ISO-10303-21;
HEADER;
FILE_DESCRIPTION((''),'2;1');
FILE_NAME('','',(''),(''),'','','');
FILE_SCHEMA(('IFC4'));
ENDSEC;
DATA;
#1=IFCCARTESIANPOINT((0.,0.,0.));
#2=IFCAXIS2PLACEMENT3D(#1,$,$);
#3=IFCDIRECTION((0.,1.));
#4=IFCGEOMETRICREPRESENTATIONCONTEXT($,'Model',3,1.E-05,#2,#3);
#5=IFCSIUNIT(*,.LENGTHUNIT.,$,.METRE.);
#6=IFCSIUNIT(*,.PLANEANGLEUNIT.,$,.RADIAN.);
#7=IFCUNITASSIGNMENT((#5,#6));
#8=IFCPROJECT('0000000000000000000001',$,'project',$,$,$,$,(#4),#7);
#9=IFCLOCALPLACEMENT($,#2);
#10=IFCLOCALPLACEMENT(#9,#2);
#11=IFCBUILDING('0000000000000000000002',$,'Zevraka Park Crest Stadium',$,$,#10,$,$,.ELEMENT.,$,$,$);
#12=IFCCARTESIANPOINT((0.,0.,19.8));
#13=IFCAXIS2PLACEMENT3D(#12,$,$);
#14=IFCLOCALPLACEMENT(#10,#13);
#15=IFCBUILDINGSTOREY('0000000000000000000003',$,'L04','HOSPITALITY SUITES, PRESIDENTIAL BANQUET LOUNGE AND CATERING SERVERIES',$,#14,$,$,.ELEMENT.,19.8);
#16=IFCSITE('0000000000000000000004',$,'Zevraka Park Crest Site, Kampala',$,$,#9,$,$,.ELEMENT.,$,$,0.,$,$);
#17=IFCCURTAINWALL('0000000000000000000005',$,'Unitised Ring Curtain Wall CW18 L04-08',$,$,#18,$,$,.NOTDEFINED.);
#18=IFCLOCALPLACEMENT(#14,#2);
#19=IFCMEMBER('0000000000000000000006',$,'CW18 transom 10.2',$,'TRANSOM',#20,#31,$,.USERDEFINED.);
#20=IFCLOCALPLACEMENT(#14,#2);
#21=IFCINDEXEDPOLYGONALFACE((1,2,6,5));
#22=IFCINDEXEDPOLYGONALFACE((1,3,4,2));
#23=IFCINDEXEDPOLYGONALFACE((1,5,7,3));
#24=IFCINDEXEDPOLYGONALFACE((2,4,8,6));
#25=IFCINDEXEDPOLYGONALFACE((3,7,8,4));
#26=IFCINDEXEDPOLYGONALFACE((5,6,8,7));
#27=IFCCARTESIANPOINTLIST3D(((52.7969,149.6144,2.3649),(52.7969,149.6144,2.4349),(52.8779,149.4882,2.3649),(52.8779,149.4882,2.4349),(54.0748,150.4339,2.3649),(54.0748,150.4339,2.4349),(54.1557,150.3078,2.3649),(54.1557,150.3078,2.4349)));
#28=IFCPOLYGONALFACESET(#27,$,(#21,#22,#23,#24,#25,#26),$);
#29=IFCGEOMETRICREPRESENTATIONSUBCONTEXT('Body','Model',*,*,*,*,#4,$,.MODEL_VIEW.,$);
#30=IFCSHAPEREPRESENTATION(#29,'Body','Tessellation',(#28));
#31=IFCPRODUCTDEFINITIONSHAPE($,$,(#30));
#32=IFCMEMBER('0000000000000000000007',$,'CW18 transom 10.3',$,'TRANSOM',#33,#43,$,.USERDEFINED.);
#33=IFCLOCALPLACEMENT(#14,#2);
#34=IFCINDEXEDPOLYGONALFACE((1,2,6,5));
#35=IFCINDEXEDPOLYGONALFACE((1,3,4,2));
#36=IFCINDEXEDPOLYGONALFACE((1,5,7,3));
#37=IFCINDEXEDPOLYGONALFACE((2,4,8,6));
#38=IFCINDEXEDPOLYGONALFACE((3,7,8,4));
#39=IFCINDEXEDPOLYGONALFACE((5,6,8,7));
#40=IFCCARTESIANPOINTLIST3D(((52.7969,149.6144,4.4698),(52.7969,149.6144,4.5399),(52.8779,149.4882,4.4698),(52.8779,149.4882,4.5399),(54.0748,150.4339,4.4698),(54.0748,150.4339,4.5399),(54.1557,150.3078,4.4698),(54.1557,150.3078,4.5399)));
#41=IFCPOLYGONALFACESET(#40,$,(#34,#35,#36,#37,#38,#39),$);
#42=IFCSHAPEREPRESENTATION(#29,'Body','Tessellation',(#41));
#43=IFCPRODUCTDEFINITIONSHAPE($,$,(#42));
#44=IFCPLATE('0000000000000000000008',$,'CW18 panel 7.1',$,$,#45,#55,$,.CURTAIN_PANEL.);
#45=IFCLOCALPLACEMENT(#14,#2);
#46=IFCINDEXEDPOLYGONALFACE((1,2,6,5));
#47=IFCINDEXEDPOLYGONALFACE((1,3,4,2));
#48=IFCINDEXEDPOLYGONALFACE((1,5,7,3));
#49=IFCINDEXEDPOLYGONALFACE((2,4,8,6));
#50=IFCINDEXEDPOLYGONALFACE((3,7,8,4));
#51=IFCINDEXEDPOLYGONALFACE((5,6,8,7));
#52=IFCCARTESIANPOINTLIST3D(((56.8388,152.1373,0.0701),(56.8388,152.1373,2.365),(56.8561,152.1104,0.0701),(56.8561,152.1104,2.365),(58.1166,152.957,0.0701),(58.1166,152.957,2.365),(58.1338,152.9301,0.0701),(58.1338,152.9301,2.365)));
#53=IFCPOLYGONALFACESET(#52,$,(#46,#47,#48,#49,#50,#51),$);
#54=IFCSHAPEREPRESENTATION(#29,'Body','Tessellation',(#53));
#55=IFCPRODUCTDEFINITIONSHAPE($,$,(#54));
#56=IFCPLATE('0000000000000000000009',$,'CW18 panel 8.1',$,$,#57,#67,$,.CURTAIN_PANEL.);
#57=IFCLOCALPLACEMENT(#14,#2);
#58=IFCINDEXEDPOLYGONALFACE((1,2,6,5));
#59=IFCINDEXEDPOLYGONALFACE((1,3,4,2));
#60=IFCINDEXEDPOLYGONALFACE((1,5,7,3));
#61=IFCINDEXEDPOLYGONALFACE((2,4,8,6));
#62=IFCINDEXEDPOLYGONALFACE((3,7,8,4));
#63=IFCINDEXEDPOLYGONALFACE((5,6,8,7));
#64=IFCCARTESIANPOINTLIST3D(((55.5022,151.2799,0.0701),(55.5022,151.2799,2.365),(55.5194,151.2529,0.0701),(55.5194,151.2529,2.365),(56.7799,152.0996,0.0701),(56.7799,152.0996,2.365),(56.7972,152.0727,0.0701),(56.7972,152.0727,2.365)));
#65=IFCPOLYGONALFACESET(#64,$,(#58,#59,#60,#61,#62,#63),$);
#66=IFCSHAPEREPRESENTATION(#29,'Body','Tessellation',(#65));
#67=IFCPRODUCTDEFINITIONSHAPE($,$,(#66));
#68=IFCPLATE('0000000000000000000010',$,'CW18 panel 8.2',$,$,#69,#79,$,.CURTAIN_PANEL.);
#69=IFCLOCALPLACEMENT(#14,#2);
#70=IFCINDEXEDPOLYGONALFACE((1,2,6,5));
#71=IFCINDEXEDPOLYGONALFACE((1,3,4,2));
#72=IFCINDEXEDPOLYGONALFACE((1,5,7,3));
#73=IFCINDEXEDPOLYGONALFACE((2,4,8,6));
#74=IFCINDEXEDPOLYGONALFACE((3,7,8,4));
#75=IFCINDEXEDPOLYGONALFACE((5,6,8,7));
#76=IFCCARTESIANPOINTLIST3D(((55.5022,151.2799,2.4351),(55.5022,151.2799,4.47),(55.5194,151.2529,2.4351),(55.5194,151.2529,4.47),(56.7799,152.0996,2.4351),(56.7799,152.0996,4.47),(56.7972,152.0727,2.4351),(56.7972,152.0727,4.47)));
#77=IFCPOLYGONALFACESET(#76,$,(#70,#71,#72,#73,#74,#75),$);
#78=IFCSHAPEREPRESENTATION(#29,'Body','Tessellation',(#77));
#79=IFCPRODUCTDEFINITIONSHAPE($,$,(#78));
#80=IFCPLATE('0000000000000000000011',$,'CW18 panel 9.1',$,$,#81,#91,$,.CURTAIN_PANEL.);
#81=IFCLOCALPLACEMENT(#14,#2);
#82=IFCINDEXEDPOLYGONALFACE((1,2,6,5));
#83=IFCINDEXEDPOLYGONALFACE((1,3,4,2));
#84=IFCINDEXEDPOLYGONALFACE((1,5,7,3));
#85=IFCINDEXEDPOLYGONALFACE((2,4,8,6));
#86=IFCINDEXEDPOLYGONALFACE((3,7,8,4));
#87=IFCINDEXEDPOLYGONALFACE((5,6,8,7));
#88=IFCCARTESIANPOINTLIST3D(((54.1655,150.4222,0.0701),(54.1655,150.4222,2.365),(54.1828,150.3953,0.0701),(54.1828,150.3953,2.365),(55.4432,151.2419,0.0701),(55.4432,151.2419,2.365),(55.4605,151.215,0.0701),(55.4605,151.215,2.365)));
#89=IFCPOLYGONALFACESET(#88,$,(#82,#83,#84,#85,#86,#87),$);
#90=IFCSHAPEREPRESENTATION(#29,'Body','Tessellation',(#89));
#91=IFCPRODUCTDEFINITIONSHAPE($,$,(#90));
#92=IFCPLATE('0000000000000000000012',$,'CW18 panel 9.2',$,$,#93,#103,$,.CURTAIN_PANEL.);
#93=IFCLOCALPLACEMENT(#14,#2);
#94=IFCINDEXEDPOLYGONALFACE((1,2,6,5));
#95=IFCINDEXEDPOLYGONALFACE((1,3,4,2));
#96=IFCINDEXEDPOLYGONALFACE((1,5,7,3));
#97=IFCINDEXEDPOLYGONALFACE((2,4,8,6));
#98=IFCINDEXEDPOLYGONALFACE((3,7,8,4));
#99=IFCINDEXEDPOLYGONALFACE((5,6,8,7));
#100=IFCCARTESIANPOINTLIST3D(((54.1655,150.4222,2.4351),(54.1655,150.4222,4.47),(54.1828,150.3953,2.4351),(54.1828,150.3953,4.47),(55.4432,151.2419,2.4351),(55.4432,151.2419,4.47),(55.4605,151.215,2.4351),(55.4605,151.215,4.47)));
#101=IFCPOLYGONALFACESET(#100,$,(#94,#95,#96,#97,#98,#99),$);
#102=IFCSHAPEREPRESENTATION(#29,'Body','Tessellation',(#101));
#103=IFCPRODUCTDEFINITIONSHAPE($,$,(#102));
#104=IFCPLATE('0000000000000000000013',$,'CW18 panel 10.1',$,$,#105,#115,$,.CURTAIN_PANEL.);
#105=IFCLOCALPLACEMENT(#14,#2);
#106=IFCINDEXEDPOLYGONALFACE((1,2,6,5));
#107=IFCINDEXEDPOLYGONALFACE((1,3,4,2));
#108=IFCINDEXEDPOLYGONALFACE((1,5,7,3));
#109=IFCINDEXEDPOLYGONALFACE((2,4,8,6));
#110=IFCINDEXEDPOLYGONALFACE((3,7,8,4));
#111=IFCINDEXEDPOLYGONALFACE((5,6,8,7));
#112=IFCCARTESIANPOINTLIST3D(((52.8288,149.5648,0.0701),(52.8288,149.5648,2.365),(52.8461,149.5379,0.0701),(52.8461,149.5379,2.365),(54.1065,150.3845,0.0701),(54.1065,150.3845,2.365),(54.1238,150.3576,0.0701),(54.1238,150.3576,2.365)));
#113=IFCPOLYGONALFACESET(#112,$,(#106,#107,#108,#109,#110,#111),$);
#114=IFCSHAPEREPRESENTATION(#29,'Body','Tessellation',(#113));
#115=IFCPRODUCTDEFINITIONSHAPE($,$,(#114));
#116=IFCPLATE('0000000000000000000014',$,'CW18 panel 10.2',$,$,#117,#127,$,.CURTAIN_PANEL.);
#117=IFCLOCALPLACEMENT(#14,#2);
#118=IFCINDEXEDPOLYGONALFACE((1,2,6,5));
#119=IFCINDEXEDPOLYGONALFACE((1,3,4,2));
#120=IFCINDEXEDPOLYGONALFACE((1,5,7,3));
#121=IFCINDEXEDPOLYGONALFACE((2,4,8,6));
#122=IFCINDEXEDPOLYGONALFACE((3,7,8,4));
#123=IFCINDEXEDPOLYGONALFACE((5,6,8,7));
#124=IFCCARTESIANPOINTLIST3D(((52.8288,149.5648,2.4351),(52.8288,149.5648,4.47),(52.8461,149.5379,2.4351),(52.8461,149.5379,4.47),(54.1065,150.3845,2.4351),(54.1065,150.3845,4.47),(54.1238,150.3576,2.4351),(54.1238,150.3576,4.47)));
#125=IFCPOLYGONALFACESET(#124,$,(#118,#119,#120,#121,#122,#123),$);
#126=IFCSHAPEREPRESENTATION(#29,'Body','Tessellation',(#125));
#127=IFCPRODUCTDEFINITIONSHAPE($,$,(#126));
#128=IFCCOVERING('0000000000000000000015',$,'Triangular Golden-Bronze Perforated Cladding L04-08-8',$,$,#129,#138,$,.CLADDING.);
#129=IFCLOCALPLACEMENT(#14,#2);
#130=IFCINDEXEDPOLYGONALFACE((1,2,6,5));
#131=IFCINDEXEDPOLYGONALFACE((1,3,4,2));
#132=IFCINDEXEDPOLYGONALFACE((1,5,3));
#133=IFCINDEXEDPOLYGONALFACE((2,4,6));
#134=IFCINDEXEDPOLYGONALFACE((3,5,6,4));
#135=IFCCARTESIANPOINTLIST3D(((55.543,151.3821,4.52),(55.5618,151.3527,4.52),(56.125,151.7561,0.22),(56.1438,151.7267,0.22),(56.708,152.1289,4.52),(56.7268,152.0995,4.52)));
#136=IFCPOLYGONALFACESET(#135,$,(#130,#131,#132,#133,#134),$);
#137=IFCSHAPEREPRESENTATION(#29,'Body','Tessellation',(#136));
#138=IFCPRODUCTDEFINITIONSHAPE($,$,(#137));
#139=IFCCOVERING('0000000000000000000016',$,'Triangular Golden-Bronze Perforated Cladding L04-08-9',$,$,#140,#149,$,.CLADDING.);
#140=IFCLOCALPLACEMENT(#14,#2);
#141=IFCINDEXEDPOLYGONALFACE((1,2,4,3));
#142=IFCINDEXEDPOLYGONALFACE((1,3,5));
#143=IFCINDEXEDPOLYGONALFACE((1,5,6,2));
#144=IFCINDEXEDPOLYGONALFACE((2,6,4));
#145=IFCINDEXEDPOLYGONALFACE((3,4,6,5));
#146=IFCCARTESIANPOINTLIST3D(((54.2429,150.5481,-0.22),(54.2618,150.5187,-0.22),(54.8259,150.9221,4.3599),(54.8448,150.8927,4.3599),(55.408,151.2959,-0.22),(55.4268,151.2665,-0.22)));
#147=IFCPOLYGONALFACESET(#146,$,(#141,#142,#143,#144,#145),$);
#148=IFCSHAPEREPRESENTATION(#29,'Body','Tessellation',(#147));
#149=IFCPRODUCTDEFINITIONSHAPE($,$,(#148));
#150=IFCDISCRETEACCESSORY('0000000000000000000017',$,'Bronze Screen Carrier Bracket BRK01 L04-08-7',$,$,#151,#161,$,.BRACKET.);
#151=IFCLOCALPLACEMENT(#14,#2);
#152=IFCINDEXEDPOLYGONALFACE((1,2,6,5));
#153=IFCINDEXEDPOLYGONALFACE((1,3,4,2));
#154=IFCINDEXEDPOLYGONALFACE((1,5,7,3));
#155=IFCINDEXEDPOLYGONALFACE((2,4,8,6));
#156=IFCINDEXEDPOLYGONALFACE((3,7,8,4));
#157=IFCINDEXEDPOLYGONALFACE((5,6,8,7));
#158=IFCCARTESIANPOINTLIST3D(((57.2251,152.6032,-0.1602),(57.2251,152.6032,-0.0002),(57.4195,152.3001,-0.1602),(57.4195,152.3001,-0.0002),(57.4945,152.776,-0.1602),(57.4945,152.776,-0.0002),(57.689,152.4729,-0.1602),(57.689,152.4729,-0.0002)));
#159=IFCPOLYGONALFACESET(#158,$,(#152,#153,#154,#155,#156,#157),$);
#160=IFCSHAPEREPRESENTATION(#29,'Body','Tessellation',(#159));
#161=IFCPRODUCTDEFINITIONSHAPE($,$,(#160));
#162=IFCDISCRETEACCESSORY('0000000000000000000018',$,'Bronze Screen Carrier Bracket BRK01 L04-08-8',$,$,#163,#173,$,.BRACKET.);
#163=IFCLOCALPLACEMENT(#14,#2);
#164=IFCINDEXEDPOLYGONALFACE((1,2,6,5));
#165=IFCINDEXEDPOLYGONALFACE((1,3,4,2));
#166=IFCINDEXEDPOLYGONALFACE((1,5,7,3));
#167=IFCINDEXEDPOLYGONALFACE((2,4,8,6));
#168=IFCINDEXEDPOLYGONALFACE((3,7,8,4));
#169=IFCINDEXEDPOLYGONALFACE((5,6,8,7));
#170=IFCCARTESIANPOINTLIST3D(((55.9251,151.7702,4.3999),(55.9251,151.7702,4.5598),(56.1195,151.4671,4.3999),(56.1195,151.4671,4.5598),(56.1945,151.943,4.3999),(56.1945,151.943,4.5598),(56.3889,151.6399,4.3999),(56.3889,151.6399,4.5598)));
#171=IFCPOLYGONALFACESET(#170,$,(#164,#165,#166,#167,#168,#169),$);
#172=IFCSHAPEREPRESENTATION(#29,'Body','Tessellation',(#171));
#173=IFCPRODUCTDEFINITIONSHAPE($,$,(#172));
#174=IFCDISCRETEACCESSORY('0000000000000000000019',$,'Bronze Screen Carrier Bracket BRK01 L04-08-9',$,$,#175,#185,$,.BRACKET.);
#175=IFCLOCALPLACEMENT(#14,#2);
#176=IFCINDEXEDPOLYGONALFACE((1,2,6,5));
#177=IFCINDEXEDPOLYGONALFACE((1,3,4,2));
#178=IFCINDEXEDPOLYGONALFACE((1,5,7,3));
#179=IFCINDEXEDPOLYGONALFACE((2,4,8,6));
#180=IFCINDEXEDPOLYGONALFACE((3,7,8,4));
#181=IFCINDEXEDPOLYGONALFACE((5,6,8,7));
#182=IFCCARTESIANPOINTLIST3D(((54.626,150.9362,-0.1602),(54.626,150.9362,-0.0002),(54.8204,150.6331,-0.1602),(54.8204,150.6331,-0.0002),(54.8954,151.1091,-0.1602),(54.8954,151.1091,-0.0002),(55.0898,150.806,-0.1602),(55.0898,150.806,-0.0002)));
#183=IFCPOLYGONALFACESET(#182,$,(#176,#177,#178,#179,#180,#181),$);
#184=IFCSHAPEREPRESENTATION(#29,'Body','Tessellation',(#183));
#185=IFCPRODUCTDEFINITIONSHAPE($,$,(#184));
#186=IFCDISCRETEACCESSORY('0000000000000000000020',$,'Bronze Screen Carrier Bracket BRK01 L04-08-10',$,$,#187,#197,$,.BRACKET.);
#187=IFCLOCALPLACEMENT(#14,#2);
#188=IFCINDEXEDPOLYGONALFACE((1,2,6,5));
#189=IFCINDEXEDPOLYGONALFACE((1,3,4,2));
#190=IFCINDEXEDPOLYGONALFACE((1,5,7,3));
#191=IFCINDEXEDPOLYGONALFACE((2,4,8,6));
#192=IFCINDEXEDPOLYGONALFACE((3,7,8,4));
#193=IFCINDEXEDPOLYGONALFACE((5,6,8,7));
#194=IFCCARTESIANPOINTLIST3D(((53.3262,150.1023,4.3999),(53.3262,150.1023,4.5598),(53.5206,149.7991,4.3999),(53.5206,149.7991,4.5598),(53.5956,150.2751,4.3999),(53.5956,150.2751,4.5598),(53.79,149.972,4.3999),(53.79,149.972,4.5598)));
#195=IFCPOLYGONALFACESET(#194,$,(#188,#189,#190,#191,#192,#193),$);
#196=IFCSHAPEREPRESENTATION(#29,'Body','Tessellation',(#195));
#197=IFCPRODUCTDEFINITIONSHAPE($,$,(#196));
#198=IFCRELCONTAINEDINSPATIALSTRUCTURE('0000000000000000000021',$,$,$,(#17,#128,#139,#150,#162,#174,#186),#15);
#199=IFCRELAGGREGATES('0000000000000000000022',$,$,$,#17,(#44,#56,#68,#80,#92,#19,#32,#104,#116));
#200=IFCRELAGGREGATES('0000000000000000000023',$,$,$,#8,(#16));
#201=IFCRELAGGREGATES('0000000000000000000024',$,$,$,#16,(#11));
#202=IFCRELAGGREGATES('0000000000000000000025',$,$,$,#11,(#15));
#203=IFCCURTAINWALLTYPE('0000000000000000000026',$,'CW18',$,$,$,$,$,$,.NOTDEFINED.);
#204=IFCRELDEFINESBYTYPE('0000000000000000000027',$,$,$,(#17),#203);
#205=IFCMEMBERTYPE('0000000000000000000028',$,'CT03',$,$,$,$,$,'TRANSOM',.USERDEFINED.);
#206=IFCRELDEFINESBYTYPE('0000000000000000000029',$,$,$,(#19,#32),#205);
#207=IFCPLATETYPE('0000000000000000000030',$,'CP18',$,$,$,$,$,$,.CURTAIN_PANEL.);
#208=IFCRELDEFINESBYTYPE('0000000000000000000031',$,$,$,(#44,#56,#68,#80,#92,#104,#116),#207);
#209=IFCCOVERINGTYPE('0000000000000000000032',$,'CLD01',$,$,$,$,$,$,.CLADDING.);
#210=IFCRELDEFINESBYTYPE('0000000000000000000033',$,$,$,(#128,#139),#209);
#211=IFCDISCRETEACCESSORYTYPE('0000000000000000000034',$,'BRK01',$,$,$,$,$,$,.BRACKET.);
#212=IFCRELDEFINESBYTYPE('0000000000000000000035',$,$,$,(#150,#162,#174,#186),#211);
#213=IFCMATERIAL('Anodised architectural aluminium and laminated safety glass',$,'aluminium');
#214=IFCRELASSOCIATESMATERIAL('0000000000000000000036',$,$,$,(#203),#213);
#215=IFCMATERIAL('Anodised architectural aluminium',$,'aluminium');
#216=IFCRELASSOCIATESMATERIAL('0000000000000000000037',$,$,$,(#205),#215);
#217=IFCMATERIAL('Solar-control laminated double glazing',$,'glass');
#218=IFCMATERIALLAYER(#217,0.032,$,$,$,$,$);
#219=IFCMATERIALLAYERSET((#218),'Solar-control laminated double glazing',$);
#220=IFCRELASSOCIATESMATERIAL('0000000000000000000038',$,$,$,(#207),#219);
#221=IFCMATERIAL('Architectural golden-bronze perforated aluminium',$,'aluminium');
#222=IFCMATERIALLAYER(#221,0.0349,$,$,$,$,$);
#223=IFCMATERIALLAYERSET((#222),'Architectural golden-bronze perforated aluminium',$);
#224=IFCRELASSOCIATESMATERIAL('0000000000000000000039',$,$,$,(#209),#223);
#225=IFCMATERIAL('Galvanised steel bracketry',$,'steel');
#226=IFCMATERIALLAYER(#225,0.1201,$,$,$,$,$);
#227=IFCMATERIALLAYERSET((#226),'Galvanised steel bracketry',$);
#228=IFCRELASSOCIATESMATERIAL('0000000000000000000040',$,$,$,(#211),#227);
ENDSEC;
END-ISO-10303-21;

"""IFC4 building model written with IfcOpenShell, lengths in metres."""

from ifc_helpers import new_model, si_unit, direction, frame, origin, origin_2d, place, context, subcontext, project, spatial, polyline, rectangle, outline, extrude, material, layer, layer_set, material_profile, profile_set, type_object, element, aggregate, save


model = new_model("IFC4")

# Units and contexts
model_context = context("Model", 3, precision=1e-05, world=origin(), true_north=direction((0.0, 1.0)))
body_context = subcontext(model_context, "Body", "Model", "MODEL_VIEW")
ifc_project = project(units=[si_unit("LENGTHUNIT", "METRE"), si_unit("PLANEANGLEUNIT", "RADIAN")], contexts=[model_context])

# Site, building, storey
site_placement = place(None, origin())
site = spatial("IfcSite", under=ifc_project, at=site_placement, Name="Zevraka Park Crest Site, Kampala", CompositionType="ELEMENT", RefElevation=0.0)
building_placement = place(site_placement, origin())
building = spatial("IfcBuilding", under=site, at=building_placement, Name="Zevraka Park Crest Stadium", CompositionType="ELEMENT")
storey_placement = place(building_placement, frame((0.0, 0.0, 19.8)))
storey = spatial("IfcBuildingStorey", under=building, at=storey_placement, Name="L04", Description="HOSPITALITY SUITES, PRESIDENTIAL BANQUET LOUNGE AND CATERING SERVERIES", CompositionType="ELEMENT", Elevation=19.8)

# Curtain wall, members, plates
ifc_material_1 = material(Name="Anodised architectural aluminium and laminated safety glass", Category="aluminium")
curtain_wall_type = type_object("IfcCurtainWallType", Name="CW18", PredefinedType="NOTDEFINED", material=ifc_material_1)
curtain_wall_placement = place(storey_placement, origin())
curtain_wall = element("IfcCurtainWall", 1, at=curtain_wall_placement, inside=storey, type_object=curtain_wall_type, Name="Unitised Ring Curtain Wall CW18 L04-08", PredefinedType="NOTDEFINED")
ifc_material_2 = material(Name="Anodised architectural aluminium", Category="aluminium")
ifc_material_profile_1 = material_profile(ifc_material_2, rectangle(XDim=0.1499, YDim=0.0701, at=origin_2d()), Name="ALU TRANSOM 150x70")
ifc_profile_set_1 = profile_set([ifc_material_profile_1], Name="Anodised architectural aluminium")
member_type_1 = type_object("IfcMemberType", Name="CT03", ElementType="TRANSOM", PredefinedType="USERDEFINED", material=ifc_profile_set_1)
member_1_placement = place(storey_placement, frame((54.1152, 150.3708, 2.3999), z_axis=(-0.841742, -0.539879, 0.0), x_axis=(0.539879, -0.841742, 0.0)))
member_1 = element("IfcMember", 2, at=member_1_placement, type_object=member_type_1, Name="CW18 transom 10.2", ObjectType="TRANSOM", PredefinedType="USERDEFINED", context=body_context, shape_type="SweptSolid", body=[
    extrude(rectangle(XDim=0.1499, YDim=0.0701, at=origin_2d()), origin(), (0.0, 0.0, 1.0), 1.5181),
])
member_2_placement = place(storey_placement, frame((54.1152, 150.3708, 4.5049), z_axis=(-0.841742, -0.539879, 0.0), x_axis=(0.539879, -0.841742, 0.0)))
member_2 = element("IfcMember", 3, at=member_2_placement, type_object=member_type_1, Name="CW18 transom 10.3", ObjectType="TRANSOM", PredefinedType="USERDEFINED", context=body_context, shape_type="SweptSolid", body=[
    extrude(rectangle(XDim=0.1499, YDim=0.0701, at=origin_2d()), origin(), (0.0, 0.0, 1.0), 1.5181),
])
ifc_material_3 = material(Name="Solar-control laminated double glazing", Category="glass")
ifc_layer_1 = layer(ifc_material_3, 0.032)
ifc_layer_set_1 = layer_set([ifc_layer_1], Name="Solar-control laminated double glazing")
plate_type = type_object("IfcPlateType", Name="CP18", PredefinedType="CURTAIN_PANEL", material=ifc_layer_set_1)
plate_1_placement = place(storey_placement, frame((57.4863, 152.5337, 0.0701), z_axis=(0.0, 0.0, 1.0), x_axis=(-0.841678, -0.53998, 0.0)))
plate_1 = element("IfcPlate", 4, at=plate_1_placement, type_object=plate_type, Name="CW18 panel 7.1", PredefinedType="CURTAIN_PANEL", context=body_context, shape_type="SweptSolid", body=[
    extrude(rectangle(XDim=1.5181, YDim=0.032, at=origin_2d()), origin(), (0.0, 0.0, 1.0), 2.2949),
])
plate_2_placement = place(storey_placement, frame((56.1497, 151.6763, 0.0701), z_axis=(0.0, 0.0, 1.0), x_axis=(-0.841678, -0.53998, 0.0)))
plate_2 = element("IfcPlate", 5, at=plate_2_placement, type_object=plate_type, Name="CW18 panel 8.1", PredefinedType="CURTAIN_PANEL", context=body_context, shape_type="SweptSolid", body=[
    extrude(rectangle(XDim=1.5181, YDim=0.032, at=origin_2d()), origin(), (0.0, 0.0, 1.0), 2.2949),
])
plate_3_placement = place(storey_placement, frame((56.1497, 151.6763, 2.4351), z_axis=(0.0, 0.0, 1.0), x_axis=(-0.841678, -0.53998, 0.0)))
plate_3 = element("IfcPlate", 6, at=plate_3_placement, type_object=plate_type, Name="CW18 panel 8.2", PredefinedType="CURTAIN_PANEL", context=body_context, shape_type="SweptSolid", body=[
    extrude(rectangle(XDim=1.5181, YDim=0.032, at=origin_2d()), origin(), (0.0, 0.0, 1.0), 2.0349),
])
plate_4_placement = place(storey_placement, frame((54.813, 150.8186, 0.0701), z_axis=(0.0, 0.0, 1.0), x_axis=(-0.841678, -0.53998, 0.0)))
plate_4 = element("IfcPlate", 7, at=plate_4_placement, type_object=plate_type, Name="CW18 panel 9.1", PredefinedType="CURTAIN_PANEL", context=body_context, shape_type="SweptSolid", body=[
    extrude(rectangle(XDim=1.5181, YDim=0.032, at=origin_2d()), origin(), (0.0, 0.0, 1.0), 2.2949),
])
plate_5_placement = place(storey_placement, frame((54.813, 150.8186, 2.4351), z_axis=(0.0, 0.0, 1.0), x_axis=(-0.841678, -0.53998, 0.0)))
plate_5 = element("IfcPlate", 8, at=plate_5_placement, type_object=plate_type, Name="CW18 panel 9.2", PredefinedType="CURTAIN_PANEL", context=body_context, shape_type="SweptSolid", body=[
    extrude(rectangle(XDim=1.5181, YDim=0.032, at=origin_2d()), origin(), (0.0, 0.0, 1.0), 2.0349),
])
plate_6_placement = place(storey_placement, frame((53.4763, 149.9612, 0.0701), z_axis=(0.0, 0.0, 1.0), x_axis=(-0.841678, -0.53998, 0.0)))
plate_6 = element("IfcPlate", 9, at=plate_6_placement, type_object=plate_type, Name="CW18 panel 10.1", PredefinedType="CURTAIN_PANEL", context=body_context, shape_type="SweptSolid", body=[
    extrude(rectangle(XDim=1.5181, YDim=0.032, at=origin_2d()), origin(), (0.0, 0.0, 1.0), 2.2949),
])
plate_7_placement = place(storey_placement, frame((53.4763, 149.9612, 2.4351), z_axis=(0.0, 0.0, 1.0), x_axis=(-0.841678, -0.53998, 0.0)))
plate_7 = element("IfcPlate", 10, at=plate_7_placement, type_object=plate_type, Name="CW18 panel 10.2", PredefinedType="CURTAIN_PANEL", context=body_context, shape_type="SweptSolid", body=[
    extrude(rectangle(XDim=1.5181, YDim=0.032, at=origin_2d()), origin(), (0.0, 0.0, 1.0), 2.0349),
])
aggregate(curtain_wall, [plate_1, plate_2, plate_3, plate_4, plate_5, member_1, member_2, plate_6, plate_7])

# Coverings
ifc_material_4 = material(Name="Architectural golden-bronze perforated aluminium", Category="aluminium")
ifc_layer_2 = layer(ifc_material_4, 0.0349)
ifc_layer_set_2 = layer_set([ifc_layer_2], Name="Architectural golden-bronze perforated aluminium")
covering_type = type_object("IfcCoveringType", Name="CLD01", PredefinedType="CLADDING", material=ifc_layer_set_2)
covering_1_placement = place(storey_placement, frame((55.543, 151.3821, 4.52), z_axis=(-0.539669, 0.841877, 0.000181), x_axis=(0.841877, 0.539669, 0.0)))
element("IfcCovering", 11, at=covering_1_placement, inside=storey, type_object=covering_type, Name="Triangular Golden-Bronze Perforated Cladding L04-08-8", PredefinedType="CLADDING", context=body_context, shape_type="SweptSolid", body=[
    extrude(outline(polyline([(0.0, 0.0), (1.3839, 0.0), (0.6918, 4.3), (0.0, 0.0)])), origin(), (0.0, 0.0, -1.0), 0.0349),
])
covering_2_placement = place(storey_placement, frame((55.408, 151.2959, -0.22), z_axis=(-0.540169, 0.841556, 0.000035), x_axis=(-0.841556, -0.540169, 0.0)))
element("IfcCovering", 12, at=covering_2_placement, inside=storey, type_object=covering_type, Name="Triangular Golden-Bronze Perforated Cladding L04-08-9", PredefinedType="CLADDING", context=body_context, shape_type="SweptSolid", body=[
    extrude(outline(polyline([(0.0, 0.0), (1.3844, 0.0), (0.6917, 4.5798), (0.0, 0.0)])), origin(), (0.0, 0.0, -1.0), 0.0349),
])

# Discrete accessories
ifc_material_5 = material(Name="Galvanised steel bracketry", Category="steel")
ifc_layer_3 = layer(ifc_material_5, 0.1201)
ifc_layer_set_3 = layer_set([ifc_layer_3], Name="Galvanised steel bracketry")
discrete_accessory_type = type_object("IfcDiscreteAccessoryType", Name="BRK01", PredefinedType="BRACKET", material=ifc_layer_set_3)
for number, where, z_axis, x_axis, name in (
    (13, (57.457, 152.5381, -0.1602), (0.0, 0.0, 1.0), (-0.841699, -0.539947, 0.0), "Bronze Screen Carrier Bracket BRK01 L04-08-7"),
    (14, (56.157, 151.7051, 4.3999), (0.0, 0.0, 1.0), (-0.841699, -0.539947, 0.0), "Bronze Screen Carrier Bracket BRK01 L04-08-8"),
    (15, (54.8579, 150.8711, -0.1602), (0.0, 0.0, 1.0), (-0.841699, -0.539947, 0.0), "Bronze Screen Carrier Bracket BRK01 L04-08-9"),
    (16, (53.5581, 150.0371, 4.3999), (0.0, 0.0, 1.0), (-0.841699, -0.539947, 0.0), "Bronze Screen Carrier Bracket BRK01 L04-08-10"),
):
    element("IfcDiscreteAccessory", number, at=place(storey_placement, frame(where, z_axis=z_axis, x_axis=x_axis)), inside=storey, type_object=discrete_accessory_type, Name=name, PredefinedType="BRACKET", context=body_context, shape_type="SweptSolid", body=[
        extrude(rectangle(XDim=0.3201, YDim=0.3601, at=origin_2d()), origin(), (0.0, 0.0, 1.0), 0.1599),
    ])

save(model, "model.ifc")
